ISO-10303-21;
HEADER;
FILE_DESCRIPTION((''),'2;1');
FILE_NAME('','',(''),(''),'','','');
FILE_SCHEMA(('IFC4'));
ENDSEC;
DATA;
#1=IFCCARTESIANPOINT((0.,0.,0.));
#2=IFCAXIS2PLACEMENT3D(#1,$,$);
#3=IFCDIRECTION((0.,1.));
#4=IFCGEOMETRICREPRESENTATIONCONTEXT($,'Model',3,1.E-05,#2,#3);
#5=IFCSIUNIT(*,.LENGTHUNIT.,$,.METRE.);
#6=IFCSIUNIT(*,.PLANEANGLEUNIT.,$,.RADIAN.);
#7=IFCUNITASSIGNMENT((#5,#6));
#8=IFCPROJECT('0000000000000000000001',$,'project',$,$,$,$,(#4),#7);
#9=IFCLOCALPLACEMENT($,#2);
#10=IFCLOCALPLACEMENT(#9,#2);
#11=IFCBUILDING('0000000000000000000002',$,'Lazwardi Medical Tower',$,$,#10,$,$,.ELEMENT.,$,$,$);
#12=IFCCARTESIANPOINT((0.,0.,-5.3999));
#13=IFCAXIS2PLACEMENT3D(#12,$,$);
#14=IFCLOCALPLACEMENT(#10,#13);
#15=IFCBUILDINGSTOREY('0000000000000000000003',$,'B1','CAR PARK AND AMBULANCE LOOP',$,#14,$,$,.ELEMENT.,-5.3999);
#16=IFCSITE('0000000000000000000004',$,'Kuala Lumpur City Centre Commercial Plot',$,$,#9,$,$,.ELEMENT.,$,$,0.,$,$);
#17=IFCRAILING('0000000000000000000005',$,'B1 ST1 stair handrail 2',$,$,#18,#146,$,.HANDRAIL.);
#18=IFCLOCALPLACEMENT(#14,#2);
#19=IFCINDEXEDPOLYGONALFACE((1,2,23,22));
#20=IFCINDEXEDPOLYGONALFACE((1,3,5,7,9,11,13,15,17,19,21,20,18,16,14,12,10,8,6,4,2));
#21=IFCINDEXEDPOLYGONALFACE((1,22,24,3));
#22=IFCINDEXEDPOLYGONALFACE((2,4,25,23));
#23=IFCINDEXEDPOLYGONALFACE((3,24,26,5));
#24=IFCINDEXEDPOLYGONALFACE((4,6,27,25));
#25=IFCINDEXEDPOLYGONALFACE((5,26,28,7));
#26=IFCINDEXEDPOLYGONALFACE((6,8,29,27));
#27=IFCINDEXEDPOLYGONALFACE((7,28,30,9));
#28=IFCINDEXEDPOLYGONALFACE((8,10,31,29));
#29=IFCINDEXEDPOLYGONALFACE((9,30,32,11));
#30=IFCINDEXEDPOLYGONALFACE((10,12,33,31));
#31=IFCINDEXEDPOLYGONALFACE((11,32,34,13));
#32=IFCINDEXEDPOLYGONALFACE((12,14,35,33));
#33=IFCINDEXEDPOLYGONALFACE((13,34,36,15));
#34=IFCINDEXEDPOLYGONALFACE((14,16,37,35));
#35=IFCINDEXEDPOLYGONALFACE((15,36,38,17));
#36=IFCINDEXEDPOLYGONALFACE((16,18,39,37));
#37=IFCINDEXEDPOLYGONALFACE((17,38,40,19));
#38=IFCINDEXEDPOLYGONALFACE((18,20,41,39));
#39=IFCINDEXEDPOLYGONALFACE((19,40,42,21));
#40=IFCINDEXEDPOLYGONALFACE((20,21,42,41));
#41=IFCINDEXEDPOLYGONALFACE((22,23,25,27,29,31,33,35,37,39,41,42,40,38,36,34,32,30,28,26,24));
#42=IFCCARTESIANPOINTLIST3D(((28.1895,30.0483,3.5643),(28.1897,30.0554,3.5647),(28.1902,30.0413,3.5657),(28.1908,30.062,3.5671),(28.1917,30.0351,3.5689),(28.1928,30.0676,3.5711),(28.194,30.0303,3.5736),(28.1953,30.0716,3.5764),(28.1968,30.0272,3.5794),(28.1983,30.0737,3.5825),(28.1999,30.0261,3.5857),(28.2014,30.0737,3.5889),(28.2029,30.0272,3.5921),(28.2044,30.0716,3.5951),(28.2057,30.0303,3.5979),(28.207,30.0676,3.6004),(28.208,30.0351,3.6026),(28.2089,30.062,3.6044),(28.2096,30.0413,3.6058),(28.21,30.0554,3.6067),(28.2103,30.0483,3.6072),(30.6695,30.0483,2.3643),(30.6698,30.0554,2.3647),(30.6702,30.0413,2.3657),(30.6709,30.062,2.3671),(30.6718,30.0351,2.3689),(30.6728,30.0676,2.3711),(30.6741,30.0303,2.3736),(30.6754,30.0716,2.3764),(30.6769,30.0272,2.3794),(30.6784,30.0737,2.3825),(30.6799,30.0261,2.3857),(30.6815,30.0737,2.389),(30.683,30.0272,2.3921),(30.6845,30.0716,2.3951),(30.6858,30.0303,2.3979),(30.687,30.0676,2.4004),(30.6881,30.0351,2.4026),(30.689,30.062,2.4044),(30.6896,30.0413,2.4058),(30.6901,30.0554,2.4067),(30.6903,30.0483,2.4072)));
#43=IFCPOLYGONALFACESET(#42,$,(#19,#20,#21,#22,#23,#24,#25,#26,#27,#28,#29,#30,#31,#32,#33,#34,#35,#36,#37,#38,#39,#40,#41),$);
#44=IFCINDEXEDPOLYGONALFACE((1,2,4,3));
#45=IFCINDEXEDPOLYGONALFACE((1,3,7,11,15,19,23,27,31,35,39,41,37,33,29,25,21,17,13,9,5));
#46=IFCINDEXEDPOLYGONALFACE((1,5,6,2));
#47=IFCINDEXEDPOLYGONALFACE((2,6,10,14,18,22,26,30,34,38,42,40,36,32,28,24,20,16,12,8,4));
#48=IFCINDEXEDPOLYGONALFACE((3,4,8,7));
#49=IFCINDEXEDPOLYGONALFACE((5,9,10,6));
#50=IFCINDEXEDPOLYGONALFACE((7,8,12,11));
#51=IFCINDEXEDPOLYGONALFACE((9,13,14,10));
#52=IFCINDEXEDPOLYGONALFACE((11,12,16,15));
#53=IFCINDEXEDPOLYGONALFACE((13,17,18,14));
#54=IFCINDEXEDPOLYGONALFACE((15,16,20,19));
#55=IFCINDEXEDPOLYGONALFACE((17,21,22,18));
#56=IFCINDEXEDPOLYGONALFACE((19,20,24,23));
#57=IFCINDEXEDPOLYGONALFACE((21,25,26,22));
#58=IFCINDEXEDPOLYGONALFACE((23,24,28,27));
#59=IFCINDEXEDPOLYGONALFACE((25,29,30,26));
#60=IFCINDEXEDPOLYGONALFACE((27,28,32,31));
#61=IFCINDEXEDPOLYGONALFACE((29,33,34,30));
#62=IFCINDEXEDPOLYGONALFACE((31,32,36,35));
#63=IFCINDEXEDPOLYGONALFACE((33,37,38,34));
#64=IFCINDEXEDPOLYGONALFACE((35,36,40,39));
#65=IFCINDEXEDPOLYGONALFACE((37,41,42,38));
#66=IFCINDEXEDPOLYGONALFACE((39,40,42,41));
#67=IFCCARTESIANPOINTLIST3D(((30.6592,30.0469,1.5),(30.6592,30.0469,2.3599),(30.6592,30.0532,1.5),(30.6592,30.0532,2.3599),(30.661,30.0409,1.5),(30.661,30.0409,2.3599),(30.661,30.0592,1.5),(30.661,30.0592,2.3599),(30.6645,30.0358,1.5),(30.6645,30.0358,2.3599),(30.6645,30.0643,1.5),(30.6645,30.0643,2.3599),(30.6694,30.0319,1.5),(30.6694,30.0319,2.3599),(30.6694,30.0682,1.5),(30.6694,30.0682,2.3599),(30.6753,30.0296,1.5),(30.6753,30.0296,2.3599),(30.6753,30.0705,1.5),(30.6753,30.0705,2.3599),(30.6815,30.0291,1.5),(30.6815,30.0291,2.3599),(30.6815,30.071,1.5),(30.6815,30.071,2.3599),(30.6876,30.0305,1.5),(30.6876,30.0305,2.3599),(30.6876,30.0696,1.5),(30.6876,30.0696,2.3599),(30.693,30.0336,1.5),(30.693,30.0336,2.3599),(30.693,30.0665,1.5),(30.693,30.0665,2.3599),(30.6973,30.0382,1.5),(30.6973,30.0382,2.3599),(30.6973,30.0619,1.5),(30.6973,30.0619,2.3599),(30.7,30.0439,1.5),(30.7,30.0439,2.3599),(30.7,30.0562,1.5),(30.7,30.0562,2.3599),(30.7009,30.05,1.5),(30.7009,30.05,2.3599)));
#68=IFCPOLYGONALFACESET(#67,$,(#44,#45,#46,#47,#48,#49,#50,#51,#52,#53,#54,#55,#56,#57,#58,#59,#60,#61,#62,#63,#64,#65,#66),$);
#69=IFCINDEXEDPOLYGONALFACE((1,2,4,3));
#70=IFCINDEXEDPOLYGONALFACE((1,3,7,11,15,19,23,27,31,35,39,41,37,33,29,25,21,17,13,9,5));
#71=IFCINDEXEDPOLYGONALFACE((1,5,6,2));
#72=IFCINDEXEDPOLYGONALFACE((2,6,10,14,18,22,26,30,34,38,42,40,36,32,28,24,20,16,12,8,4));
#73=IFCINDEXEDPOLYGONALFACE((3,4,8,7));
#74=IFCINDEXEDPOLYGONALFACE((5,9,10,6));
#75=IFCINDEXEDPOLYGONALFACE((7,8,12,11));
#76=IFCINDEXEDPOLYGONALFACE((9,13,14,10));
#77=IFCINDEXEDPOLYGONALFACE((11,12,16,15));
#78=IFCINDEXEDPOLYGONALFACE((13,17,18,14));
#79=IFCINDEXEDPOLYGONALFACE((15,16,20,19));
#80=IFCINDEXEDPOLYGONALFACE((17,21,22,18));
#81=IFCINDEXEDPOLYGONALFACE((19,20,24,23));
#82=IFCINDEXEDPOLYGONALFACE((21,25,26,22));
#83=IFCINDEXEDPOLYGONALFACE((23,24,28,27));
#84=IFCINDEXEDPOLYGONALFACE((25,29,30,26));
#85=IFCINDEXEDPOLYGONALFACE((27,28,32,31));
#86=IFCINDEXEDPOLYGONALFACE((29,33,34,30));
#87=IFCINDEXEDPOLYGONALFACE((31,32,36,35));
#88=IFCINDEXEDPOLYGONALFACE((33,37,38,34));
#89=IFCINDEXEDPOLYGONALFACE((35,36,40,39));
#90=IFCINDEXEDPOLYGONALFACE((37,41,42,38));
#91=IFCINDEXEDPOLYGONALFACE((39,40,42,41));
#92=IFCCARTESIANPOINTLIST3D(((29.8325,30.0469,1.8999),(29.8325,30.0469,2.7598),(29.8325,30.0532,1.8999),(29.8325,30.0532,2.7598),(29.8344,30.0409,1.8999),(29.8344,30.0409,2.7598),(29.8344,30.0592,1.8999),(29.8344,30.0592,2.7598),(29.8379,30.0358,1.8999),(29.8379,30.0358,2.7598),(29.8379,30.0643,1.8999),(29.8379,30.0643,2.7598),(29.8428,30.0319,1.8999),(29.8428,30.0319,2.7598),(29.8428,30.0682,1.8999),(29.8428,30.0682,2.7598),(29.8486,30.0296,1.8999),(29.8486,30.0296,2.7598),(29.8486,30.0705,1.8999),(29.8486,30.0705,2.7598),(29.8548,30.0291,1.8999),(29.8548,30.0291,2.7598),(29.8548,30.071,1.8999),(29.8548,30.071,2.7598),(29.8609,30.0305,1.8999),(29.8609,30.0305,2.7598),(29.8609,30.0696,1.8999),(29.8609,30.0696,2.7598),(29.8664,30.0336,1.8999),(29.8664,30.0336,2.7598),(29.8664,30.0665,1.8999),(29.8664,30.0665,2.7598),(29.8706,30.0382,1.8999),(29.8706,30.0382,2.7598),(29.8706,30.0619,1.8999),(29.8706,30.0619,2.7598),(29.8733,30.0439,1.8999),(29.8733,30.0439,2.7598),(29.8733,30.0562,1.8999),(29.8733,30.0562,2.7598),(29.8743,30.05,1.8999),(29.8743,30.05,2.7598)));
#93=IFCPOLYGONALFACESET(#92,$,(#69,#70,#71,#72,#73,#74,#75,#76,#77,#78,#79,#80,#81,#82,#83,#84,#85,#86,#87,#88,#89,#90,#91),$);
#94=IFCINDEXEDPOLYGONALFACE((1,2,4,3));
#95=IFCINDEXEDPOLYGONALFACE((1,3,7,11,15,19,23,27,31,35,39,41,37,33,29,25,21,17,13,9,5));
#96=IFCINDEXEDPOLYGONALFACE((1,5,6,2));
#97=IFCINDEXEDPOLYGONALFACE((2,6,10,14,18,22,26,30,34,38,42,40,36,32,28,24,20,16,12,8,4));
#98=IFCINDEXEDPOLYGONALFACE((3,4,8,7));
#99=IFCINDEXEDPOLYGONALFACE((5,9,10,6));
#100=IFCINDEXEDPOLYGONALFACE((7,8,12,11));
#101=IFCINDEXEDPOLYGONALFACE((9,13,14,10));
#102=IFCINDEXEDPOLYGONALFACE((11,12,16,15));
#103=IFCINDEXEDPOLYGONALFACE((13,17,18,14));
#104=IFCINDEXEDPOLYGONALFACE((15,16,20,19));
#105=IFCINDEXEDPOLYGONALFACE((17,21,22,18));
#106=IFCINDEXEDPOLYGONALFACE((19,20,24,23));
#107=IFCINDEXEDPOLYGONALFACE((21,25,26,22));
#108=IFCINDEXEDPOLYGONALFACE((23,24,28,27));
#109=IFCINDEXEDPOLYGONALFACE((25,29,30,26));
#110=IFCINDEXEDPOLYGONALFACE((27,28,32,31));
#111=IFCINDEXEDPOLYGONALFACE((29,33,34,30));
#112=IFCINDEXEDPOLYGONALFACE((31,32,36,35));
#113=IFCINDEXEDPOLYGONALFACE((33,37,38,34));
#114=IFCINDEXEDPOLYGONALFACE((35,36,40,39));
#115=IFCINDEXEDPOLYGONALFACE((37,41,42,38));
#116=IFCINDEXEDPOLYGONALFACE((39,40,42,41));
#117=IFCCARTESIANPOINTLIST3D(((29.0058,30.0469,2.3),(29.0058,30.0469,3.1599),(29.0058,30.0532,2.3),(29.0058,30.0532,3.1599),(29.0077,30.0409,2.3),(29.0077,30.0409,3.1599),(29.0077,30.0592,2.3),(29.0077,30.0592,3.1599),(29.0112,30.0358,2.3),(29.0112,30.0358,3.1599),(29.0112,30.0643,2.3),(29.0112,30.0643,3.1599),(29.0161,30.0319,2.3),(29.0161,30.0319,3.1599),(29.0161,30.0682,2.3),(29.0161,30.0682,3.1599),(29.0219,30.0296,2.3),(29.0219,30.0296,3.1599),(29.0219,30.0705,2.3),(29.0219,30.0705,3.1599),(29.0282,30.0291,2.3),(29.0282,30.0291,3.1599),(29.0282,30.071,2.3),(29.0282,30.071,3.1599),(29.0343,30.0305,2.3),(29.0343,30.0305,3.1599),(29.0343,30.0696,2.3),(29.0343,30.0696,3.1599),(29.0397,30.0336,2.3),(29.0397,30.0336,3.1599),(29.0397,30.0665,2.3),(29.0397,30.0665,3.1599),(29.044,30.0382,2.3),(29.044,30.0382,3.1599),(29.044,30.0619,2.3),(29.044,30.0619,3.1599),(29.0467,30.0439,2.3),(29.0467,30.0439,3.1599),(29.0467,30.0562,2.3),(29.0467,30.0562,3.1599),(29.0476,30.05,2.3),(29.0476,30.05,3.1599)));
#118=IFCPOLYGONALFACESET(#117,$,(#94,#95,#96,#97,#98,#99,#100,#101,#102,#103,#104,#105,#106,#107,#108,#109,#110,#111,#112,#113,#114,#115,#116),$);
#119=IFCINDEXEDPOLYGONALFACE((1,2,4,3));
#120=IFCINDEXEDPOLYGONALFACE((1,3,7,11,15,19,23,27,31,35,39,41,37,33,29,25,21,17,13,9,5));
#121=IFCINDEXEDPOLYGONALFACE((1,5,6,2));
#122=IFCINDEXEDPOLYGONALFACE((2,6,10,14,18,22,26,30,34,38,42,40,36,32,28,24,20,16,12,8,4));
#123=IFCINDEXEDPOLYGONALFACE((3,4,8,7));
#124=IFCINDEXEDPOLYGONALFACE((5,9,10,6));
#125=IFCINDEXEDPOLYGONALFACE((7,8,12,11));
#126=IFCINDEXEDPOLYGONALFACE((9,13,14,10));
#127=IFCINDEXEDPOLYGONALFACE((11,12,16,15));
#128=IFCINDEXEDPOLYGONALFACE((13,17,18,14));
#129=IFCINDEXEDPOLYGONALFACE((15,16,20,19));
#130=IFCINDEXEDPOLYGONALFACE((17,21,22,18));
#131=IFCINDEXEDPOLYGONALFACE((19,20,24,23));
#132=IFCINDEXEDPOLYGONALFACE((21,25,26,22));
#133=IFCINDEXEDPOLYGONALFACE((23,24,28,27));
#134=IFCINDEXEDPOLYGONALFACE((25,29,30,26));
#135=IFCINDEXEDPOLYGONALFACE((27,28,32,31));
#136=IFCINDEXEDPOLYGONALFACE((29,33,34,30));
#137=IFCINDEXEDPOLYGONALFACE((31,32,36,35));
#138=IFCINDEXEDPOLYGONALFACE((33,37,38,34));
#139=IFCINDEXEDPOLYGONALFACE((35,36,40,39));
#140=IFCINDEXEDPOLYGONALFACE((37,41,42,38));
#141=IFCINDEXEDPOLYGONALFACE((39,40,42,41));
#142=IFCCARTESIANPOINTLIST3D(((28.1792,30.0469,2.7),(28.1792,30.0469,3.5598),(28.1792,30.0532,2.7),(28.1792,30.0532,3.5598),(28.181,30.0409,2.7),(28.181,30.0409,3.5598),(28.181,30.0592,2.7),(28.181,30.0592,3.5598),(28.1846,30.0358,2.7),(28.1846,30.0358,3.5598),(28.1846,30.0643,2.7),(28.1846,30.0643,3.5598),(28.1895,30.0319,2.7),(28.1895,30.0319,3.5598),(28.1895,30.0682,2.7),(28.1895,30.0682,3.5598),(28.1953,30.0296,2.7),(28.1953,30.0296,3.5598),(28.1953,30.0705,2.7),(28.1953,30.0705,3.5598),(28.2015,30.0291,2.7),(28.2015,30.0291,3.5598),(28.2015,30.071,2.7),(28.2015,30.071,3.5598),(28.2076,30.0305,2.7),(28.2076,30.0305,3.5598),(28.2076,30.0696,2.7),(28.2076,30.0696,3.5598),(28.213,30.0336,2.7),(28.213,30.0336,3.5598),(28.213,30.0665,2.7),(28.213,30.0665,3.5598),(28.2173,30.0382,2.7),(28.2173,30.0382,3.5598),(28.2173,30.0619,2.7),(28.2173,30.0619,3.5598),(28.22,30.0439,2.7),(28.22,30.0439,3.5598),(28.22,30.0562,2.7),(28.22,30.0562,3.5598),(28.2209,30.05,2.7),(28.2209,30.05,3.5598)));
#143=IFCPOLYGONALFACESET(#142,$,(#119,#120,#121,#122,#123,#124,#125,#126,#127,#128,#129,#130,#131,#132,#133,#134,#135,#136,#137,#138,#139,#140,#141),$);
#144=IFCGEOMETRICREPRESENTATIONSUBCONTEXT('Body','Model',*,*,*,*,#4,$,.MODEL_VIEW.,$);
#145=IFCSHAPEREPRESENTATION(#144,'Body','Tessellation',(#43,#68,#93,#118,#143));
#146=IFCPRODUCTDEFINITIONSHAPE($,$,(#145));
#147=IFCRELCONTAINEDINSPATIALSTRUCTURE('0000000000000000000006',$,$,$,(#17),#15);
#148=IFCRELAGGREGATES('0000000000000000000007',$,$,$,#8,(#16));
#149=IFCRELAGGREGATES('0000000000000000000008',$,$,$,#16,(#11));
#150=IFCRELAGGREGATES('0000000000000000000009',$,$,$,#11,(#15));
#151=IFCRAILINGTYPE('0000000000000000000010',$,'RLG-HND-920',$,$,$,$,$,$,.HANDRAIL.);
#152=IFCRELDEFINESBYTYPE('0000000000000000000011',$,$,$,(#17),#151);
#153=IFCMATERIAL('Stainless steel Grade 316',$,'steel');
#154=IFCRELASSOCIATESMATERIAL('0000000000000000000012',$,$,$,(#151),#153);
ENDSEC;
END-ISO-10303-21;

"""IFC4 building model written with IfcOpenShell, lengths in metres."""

from ifc_helpers import new_model, si_unit, direction, frame, origin, origin_2d, place, context, subcontext, project, spatial, circle, extrude, material, type_object, element, save


model = new_model("IFC4")

# Units and contexts
model_context = context("Model", 3, precision=1e-05, world=origin(), true_north=direction((0.0, 1.0)))
body_context = subcontext(model_context, "Body", "Model", "MODEL_VIEW")
ifc_project = project(units=[si_unit("LENGTHUNIT", "METRE"), si_unit("PLANEANGLEUNIT", "RADIAN")], contexts=[model_context])

# Site, building, storey
site_placement = place(None, origin())
site = spatial("IfcSite", under=ifc_project, at=site_placement, Name="Kuala Lumpur City Centre Commercial Plot", CompositionType="ELEMENT", RefElevation=0.0)
building_placement = place(site_placement, origin())
building = spatial("IfcBuilding", under=site, at=building_placement, Name="Lazwardi Medical Tower", CompositionType="ELEMENT")
storey_placement = place(building_placement, frame((0.0, 0.0, -5.3999)))
storey = spatial("IfcBuildingStorey", under=building, at=storey_placement, Name="B1", Description="CAR PARK AND AMBULANCE LOOP", CompositionType="ELEMENT", Elevation=-5.3999)

# Railing
ifc_material_1 = material(Name="Stainless steel Grade 316", Category="steel")
railing_type_1 = type_object("IfcRailingType", Name="RLG-HND-920", PredefinedType="HANDRAIL", material=ifc_material_1)
railing_1_placement = place(storey_placement, frame((30.6799, 30.05, 1.5)))
element("IfcRailing", 1, at=railing_1_placement, inside=storey, type_object=railing_type_1, Name="B1 ST1 stair handrail 2", PredefinedType="HANDRAIL", context=body_context, shape_type="SweptSolid", body=[
    extrude(circle(Radius=0.0239, at=origin_2d()), frame((0.0, 0.0, 0.8857), z_axis=(-0.900165, 0.0, 0.435549), x_axis=(0.0, -1.0, 0.0)), (0.0, 0.0, 1.0), 2.7551),
    extrude(circle(Radius=0.021, at=origin_2d()), origin(), (0.0, 0.0, 1.0), 0.8599),
    extrude(circle(Radius=0.021, at=origin_2d()), frame((-0.8267, 0.0, 0.3999)), (0.0, 0.0, 1.0), 0.8599),
    extrude(circle(Radius=0.021, at=origin_2d()), frame((-1.6533, 0.0, 0.8)), (0.0, 0.0, 1.0), 0.8599),
    extrude(circle(Radius=0.021, at=origin_2d()), frame((-2.48, 0.0, 1.2)), (0.0, 0.0, 1.0), 0.8599),
])

save(model, "model.ifc")
